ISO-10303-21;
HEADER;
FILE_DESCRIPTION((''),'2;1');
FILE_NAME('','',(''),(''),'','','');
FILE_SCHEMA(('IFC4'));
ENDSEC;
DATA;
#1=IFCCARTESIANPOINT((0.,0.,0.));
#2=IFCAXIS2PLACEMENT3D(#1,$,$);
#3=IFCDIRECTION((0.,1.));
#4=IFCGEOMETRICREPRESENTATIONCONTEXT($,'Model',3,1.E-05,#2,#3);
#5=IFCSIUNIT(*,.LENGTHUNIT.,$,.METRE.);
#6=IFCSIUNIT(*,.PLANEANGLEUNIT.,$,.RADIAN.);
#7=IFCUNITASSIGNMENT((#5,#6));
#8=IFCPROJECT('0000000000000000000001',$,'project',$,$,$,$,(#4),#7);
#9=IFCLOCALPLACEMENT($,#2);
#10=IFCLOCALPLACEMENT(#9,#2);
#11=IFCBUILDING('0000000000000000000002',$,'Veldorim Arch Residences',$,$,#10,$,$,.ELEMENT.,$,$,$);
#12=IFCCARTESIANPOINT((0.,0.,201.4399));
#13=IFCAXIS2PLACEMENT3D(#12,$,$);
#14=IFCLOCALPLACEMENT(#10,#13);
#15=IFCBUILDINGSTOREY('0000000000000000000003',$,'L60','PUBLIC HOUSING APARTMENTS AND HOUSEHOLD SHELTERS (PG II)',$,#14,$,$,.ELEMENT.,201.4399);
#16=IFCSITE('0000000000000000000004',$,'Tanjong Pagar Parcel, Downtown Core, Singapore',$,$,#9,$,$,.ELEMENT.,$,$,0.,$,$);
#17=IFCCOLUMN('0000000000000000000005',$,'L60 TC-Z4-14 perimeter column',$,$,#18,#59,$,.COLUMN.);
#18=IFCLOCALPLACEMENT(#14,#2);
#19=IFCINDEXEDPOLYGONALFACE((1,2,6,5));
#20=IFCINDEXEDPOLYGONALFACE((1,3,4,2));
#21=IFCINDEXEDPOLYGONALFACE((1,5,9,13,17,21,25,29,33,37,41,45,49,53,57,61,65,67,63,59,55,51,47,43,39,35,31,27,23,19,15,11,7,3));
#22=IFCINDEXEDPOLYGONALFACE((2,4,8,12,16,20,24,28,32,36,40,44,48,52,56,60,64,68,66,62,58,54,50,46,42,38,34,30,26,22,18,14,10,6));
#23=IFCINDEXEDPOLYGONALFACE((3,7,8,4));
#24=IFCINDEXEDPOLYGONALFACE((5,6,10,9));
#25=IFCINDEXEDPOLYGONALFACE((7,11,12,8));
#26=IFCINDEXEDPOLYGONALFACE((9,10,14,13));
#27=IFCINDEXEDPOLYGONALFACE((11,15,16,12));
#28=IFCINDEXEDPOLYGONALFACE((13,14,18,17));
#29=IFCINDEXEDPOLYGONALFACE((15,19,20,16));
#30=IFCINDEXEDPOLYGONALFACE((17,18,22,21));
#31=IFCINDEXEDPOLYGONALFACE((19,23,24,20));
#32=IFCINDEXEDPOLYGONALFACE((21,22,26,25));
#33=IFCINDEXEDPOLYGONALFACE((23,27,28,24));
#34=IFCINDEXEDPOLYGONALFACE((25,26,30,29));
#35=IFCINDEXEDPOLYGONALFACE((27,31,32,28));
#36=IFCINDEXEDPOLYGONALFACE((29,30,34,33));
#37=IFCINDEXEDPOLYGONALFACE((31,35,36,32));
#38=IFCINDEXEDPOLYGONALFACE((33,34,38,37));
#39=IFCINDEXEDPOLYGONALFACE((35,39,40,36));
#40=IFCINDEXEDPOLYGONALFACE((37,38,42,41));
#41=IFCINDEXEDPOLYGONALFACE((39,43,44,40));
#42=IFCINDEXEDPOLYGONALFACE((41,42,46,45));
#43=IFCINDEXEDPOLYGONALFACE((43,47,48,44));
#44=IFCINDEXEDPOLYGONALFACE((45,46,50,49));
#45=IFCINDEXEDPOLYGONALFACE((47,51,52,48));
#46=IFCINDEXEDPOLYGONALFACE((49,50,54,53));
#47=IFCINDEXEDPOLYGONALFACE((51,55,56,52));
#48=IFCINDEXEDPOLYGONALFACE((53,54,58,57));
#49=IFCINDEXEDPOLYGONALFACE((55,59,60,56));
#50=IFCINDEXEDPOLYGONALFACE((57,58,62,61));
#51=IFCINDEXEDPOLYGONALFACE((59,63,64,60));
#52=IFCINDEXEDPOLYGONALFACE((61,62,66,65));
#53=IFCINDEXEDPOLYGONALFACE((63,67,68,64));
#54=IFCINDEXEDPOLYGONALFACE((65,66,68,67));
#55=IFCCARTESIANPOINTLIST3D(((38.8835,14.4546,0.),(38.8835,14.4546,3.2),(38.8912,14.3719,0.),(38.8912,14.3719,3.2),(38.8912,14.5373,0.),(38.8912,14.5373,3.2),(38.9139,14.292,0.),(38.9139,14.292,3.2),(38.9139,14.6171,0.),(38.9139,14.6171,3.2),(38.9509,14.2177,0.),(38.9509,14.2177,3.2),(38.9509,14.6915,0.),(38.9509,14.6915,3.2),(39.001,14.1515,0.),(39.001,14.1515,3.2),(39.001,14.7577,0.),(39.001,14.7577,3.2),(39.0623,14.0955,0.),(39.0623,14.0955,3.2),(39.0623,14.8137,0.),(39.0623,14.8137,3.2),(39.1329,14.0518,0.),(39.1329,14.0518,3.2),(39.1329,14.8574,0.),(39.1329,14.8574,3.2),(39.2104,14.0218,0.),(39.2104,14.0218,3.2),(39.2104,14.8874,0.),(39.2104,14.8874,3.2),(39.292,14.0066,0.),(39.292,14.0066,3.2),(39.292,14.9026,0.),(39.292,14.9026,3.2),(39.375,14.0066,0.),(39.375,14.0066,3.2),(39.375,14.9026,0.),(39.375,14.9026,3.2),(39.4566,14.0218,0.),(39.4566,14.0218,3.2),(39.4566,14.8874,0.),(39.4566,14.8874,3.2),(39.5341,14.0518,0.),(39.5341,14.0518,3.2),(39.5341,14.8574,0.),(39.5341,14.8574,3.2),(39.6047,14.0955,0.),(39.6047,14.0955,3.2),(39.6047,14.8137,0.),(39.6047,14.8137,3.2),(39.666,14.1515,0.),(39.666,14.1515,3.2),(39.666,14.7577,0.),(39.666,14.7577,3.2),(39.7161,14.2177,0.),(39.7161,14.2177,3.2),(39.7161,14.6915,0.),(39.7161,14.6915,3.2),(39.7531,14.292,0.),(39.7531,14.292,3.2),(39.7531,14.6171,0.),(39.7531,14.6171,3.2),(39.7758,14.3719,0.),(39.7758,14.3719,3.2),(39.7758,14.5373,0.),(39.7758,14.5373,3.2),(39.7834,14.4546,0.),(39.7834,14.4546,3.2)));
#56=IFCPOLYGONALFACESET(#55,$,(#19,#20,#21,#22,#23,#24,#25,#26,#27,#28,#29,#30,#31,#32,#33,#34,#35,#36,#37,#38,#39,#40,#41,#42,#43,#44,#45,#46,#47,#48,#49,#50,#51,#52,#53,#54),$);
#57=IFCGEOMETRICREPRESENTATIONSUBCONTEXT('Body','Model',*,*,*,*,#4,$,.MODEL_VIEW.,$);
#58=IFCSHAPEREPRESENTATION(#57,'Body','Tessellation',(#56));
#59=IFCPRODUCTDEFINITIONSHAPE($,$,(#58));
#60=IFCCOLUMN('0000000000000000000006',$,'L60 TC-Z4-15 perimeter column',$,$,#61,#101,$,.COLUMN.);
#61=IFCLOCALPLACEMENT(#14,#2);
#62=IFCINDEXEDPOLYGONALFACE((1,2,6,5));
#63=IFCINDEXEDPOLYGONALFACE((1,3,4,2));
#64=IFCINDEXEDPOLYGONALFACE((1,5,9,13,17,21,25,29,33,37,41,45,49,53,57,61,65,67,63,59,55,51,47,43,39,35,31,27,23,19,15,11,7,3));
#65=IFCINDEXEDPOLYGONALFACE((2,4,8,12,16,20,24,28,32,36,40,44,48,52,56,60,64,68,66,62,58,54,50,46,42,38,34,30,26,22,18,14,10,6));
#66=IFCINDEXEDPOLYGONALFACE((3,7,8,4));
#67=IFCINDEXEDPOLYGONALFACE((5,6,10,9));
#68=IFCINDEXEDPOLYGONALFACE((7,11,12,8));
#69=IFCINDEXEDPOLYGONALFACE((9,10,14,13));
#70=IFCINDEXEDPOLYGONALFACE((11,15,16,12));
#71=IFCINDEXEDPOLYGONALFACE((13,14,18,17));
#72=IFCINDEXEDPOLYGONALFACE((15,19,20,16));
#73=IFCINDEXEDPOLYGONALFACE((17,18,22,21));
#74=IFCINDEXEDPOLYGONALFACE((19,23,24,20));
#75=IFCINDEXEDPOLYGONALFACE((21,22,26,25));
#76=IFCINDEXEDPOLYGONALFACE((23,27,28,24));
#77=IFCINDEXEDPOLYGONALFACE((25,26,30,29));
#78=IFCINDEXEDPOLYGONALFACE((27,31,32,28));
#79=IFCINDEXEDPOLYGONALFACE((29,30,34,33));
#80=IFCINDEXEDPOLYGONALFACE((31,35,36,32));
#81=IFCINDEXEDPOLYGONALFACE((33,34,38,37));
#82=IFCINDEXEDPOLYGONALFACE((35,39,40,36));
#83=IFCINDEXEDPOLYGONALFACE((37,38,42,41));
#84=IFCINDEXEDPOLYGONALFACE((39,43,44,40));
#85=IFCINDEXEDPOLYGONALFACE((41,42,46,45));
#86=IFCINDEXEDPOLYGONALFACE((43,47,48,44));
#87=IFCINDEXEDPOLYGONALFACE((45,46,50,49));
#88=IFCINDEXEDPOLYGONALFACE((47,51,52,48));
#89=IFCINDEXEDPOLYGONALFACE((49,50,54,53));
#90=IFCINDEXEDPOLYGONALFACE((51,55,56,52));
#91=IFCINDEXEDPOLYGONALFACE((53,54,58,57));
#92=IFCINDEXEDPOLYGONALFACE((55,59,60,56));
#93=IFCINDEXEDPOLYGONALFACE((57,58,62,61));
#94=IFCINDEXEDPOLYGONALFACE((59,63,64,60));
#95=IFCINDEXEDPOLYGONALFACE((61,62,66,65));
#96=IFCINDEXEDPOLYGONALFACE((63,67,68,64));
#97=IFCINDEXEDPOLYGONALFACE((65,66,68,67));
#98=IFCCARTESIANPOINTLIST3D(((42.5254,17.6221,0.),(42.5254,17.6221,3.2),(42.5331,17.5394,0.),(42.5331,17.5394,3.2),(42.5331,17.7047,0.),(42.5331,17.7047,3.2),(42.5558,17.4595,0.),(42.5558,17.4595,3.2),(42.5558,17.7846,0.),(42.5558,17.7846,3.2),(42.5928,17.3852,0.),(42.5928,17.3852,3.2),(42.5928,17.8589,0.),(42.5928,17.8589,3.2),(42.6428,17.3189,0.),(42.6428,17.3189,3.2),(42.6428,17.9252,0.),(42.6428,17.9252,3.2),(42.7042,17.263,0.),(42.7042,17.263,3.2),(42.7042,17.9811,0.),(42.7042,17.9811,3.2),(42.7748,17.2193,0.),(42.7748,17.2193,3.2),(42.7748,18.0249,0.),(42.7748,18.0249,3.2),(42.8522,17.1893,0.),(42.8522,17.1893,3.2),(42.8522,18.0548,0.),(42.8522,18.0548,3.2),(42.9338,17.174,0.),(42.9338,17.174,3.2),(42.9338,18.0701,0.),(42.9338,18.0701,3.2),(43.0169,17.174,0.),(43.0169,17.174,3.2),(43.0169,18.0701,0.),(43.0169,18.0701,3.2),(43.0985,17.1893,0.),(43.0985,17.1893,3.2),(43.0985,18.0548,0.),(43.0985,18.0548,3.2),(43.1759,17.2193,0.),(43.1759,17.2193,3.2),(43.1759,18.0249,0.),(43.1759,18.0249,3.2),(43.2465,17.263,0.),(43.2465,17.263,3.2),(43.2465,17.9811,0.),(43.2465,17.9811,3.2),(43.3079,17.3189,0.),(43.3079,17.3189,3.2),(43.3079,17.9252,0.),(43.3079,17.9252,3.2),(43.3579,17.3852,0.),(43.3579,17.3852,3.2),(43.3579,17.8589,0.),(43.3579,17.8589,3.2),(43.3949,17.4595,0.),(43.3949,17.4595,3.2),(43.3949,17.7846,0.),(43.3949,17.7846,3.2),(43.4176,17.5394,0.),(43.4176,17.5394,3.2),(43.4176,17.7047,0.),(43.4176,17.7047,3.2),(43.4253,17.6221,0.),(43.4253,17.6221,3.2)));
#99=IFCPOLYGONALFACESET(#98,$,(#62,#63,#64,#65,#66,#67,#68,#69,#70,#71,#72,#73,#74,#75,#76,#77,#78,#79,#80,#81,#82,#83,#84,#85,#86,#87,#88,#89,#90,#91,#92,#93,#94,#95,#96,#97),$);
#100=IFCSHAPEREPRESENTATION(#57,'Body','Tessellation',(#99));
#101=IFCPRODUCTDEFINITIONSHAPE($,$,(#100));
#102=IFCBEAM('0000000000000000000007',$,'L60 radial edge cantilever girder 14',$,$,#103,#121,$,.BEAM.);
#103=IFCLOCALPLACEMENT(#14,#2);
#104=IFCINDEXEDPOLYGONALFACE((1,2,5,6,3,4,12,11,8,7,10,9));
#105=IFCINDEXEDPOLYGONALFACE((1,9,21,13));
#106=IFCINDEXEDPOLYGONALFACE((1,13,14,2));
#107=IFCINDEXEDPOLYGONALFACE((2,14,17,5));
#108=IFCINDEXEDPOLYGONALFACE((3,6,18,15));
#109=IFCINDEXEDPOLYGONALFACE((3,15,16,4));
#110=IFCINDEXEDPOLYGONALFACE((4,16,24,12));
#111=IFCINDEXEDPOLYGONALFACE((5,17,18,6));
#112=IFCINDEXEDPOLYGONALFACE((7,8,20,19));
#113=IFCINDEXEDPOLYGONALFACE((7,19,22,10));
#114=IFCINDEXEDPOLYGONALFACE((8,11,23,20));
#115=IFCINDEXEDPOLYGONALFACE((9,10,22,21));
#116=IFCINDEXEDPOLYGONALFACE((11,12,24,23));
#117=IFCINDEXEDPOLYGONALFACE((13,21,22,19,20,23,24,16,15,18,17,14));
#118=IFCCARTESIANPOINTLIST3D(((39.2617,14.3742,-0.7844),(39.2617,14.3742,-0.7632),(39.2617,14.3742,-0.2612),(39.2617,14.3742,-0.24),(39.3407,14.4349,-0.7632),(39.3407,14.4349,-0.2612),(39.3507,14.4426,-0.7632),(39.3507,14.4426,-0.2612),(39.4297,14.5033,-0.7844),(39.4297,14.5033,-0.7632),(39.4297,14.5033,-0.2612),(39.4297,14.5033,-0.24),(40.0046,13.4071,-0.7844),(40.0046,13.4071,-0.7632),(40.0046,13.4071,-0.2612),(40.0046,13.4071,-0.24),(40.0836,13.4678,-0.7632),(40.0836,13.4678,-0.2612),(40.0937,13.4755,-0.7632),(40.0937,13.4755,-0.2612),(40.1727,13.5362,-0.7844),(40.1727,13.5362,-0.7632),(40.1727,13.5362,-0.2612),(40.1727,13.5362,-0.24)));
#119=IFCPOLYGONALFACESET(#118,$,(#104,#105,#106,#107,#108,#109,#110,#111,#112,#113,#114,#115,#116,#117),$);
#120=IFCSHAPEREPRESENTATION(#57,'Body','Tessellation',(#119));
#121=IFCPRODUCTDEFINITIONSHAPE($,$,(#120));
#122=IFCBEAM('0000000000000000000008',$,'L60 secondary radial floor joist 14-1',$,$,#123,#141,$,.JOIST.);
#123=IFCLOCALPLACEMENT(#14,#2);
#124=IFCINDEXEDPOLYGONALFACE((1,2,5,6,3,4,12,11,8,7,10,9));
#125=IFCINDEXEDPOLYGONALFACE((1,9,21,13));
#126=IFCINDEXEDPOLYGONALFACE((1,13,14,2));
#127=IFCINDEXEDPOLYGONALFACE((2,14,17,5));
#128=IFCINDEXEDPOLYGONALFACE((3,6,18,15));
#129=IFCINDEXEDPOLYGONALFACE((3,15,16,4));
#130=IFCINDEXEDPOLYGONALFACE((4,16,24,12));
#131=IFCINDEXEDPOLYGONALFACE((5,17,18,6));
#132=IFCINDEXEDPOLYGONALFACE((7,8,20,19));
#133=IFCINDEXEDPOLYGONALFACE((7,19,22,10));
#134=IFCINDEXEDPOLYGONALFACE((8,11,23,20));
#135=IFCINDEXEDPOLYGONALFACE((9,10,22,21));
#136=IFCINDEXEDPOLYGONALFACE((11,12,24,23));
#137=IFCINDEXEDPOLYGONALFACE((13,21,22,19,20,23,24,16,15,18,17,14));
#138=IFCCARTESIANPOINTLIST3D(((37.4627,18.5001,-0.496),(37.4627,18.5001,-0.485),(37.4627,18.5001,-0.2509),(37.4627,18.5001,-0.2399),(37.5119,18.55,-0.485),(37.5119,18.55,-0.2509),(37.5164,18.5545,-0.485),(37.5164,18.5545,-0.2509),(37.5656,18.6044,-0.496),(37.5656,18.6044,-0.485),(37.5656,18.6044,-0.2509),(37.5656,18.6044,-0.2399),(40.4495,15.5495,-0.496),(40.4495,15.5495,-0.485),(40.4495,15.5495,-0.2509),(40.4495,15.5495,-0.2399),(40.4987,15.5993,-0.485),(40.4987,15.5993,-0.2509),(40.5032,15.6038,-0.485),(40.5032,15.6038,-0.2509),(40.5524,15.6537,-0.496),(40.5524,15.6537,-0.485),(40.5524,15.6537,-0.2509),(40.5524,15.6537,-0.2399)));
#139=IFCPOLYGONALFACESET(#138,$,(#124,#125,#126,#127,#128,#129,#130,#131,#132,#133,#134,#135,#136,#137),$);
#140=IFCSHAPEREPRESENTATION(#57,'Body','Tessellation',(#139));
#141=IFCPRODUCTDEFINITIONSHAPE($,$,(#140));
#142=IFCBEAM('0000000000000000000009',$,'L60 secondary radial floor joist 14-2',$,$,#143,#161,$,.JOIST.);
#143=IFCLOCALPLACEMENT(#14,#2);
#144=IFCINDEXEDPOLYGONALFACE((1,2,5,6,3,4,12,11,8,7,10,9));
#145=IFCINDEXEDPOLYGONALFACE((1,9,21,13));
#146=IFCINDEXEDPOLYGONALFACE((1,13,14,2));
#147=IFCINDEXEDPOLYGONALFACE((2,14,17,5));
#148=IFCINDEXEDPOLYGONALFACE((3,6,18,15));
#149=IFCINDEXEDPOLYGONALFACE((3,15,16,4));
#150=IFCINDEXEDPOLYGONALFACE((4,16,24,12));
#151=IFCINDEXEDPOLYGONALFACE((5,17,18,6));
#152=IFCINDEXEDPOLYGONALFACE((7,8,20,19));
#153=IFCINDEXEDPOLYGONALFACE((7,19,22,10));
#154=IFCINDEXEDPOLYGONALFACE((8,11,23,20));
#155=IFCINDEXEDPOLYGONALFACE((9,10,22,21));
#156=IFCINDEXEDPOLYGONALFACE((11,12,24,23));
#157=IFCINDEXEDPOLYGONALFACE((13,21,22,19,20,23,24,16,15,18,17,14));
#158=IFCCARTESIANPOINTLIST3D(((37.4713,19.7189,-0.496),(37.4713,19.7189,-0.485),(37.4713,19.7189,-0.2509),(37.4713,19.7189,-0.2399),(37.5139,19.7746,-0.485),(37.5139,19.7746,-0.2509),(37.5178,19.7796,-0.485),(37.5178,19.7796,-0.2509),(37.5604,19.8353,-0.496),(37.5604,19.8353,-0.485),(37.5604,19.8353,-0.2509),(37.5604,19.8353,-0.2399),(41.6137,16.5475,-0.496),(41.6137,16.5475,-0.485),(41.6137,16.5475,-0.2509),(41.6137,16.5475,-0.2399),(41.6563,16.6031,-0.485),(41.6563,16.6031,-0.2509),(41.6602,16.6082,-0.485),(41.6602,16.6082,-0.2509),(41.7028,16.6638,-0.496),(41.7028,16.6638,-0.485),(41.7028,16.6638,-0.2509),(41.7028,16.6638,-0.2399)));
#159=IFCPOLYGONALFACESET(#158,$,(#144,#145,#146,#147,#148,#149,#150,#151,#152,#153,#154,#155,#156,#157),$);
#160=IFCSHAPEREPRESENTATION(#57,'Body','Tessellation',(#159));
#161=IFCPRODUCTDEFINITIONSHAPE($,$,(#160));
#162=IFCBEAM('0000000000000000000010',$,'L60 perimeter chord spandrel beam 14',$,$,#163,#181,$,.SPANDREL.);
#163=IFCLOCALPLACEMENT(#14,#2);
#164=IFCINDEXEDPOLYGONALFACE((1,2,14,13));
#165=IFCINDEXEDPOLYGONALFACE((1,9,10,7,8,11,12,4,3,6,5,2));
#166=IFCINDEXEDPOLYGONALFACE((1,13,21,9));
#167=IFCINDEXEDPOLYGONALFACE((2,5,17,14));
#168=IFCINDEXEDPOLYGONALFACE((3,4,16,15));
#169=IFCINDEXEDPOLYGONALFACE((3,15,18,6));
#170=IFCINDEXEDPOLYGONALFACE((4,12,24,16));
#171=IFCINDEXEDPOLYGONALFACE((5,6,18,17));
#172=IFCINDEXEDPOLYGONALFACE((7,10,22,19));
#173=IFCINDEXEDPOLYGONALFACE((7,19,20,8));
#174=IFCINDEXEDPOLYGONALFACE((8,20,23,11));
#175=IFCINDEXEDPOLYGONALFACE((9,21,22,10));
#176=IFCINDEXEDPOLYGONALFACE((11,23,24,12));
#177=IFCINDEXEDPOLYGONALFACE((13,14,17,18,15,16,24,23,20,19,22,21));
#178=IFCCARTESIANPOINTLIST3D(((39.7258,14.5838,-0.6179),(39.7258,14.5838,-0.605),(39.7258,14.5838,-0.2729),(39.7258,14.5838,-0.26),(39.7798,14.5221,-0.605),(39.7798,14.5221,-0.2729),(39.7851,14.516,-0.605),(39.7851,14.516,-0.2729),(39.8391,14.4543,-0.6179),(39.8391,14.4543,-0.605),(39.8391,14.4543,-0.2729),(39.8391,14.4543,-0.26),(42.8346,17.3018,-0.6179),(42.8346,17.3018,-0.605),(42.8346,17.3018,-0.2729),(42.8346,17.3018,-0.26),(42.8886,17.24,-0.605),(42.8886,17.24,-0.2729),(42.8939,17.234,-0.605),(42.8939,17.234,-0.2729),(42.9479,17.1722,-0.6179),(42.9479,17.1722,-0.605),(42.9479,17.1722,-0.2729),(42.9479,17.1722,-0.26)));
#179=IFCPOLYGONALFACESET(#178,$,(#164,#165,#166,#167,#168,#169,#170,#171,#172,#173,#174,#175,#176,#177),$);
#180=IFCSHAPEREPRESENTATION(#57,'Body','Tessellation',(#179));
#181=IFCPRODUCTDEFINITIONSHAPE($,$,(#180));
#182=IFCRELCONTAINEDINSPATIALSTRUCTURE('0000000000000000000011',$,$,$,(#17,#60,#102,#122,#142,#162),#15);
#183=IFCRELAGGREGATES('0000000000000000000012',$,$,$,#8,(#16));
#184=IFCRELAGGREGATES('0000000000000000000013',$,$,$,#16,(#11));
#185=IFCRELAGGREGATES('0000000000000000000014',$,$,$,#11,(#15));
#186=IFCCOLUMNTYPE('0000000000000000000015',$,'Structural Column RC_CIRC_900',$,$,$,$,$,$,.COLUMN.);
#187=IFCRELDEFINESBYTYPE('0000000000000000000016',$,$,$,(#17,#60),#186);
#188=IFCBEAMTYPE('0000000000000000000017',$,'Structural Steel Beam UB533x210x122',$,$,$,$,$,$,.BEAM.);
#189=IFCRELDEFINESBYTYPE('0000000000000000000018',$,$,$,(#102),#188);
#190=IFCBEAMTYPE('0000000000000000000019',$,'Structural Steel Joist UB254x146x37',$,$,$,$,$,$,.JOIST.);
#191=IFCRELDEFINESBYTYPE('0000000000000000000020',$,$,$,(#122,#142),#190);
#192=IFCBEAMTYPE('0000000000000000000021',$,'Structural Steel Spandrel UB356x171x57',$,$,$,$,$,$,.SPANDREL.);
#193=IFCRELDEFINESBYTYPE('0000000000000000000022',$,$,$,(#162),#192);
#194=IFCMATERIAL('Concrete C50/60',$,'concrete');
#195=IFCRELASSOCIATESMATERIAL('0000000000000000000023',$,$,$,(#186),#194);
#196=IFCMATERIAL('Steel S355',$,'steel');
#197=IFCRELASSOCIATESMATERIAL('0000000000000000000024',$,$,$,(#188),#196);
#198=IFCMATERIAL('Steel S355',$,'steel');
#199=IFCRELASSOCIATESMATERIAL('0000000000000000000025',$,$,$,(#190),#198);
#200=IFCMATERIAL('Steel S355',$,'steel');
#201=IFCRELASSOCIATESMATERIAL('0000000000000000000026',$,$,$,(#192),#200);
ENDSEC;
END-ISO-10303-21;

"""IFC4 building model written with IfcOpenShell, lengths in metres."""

from ifc_helpers import new_model, si_unit, direction, frame, origin, origin_2d, place, context, subcontext, project, spatial, circle, i_section, extrude, material, material_profile, profile_set, type_object, element, save


model = new_model("IFC4")

# Units and contexts
model_context = context("Model", 3, precision=1e-05, world=origin(), true_north=direction((0.0, 1.0)))
body_context = subcontext(model_context, "Body", "Model", "MODEL_VIEW")
ifc_project = project(units=[si_unit("LENGTHUNIT", "METRE"), si_unit("PLANEANGLEUNIT", "RADIAN")], contexts=[model_context])

# Site, building, storey
site_placement = place(None, origin())
site = spatial("IfcSite", under=ifc_project, at=site_placement, Name="Tanjong Pagar Parcel, Downtown Core, Singapore", CompositionType="ELEMENT", RefElevation=0.0)
building_placement = place(site_placement, origin())
building = spatial("IfcBuilding", under=site, at=building_placement, Name="Veldorim Arch Residences", CompositionType="ELEMENT")
storey_placement = place(building_placement, frame((0.0, 0.0, 201.4399)))
storey = spatial("IfcBuildingStorey", under=building, at=storey_placement, Name="L60", Description="PUBLIC HOUSING APARTMENTS AND HOUSEHOLD SHELTERS (PG II)", CompositionType="ELEMENT", Elevation=201.4399)

# Columns
ifc_material_1 = material(Name="Concrete C50/60", Category="concrete")
ifc_material_profile_1 = material_profile(ifc_material_1, circle(Radius=0.45, at=origin_2d()), Name="RC_CIRC_900")
ifc_profile_set_1 = profile_set([ifc_material_profile_1], Name="Concrete C50/60")
column_type = type_object("IfcColumnType", Name="Structural Column RC_CIRC_900", PredefinedType="COLUMN", material=ifc_profile_set_1)
for number, where, z_axis, x_axis, name in (
    (1, (39.3335, 14.4546, 0.0), (0.0, 0.0, 1.0), (1.0, 0.0, 0.0), "L60 TC-Z4-14 perimeter column"),
    (2, (42.9753, 17.6221, 0.0), (0.0, 0.0, 1.0), (1.0, 0.0, 0.0), "L60 TC-Z4-15 perimeter column"),
):
    element("IfcColumn", number, at=place(storey_placement, frame(where, z_axis=z_axis, x_axis=x_axis)), inside=storey, type_object=column_type, Name=name, PredefinedType="COLUMN", context=body_context, shape_type="SweptSolid", body=[
        extrude(circle(Radius=0.45, at=origin_2d()), origin(), (0.0, 0.0, 1.0), 3.2),
    ])

# Beams
ifc_material_2 = material(Name="Steel S355", Category="steel")
ifc_material_profile_2 = material_profile(ifc_material_2, i_section(OverallWidth=0.2119, OverallDepth=0.5444, WebThickness=0.0127, FlangeThickness=0.0212, at=origin_2d()), Name="UB533x210x122")
ifc_profile_set_2 = profile_set([ifc_material_profile_2], Name="Steel S355")
beam_type_1 = type_object("IfcBeamType", Name="Structural Steel Beam UB533x210x122", PredefinedType="BEAM", material=ifc_profile_set_2)
beam_1_placement = place(storey_placement, frame((39.3457, 14.4387, -0.5122), z_axis=(0.609217, -0.793003, 0.0), x_axis=(0.793003, 0.609217, 0.0)))
element("IfcBeam", 3, at=beam_1_placement, inside=storey, type_object=beam_type_1, Name="L60 radial edge cantilever girder 14", PredefinedType="BEAM", context=body_context, shape_type="SweptSolid", body=[
    extrude(i_section(OverallWidth=0.2119, OverallDepth=0.5444, WebThickness=0.0127, FlangeThickness=0.0212, at=origin_2d()), origin(), (0.0, 0.0, 1.0), 1.2195),
])
ifc_material_3 = material(Name="Steel S355", Category="steel")
ifc_material_profile_3 = material_profile(ifc_material_3, i_section(OverallWidth=0.1465, OverallDepth=0.2561, WebThickness=0.0063, FlangeThickness=0.011, at=origin_2d()), Name="UB254x146x37")
ifc_profile_set_3 = profile_set([ifc_material_profile_3], Name="Steel S355")
beam_type_2 = type_object("IfcBeamType", Name="Structural Steel Joist UB254x146x37", PredefinedType="JOIST", material=ifc_profile_set_3)
beam_2_placement = place(storey_placement, frame((37.5142, 18.5522, -0.3679), z_axis=(0.711397, -0.702791, 0.0), x_axis=(0.702791, 0.711397, 0.0)))
element("IfcBeam", 4, at=beam_2_placement, inside=storey, type_object=beam_type_2, Name="L60 secondary radial floor joist 14-1", PredefinedType="JOIST", context=body_context, shape_type="SweptSolid", body=[
    extrude(i_section(OverallWidth=0.1465, OverallDepth=0.2561, WebThickness=0.0063, FlangeThickness=0.011, at=origin_2d()), origin(), (0.0, 0.0, 1.0), 4.1985),
])
beam_3_placement = place(storey_placement, frame((37.5159, 19.7771, -0.3679), z_axis=(0.794014, -0.6079, 0.0), x_axis=(0.6079, 0.794014, 0.0)))
element("IfcBeam", 5, at=beam_3_placement, inside=storey, type_object=beam_type_2, Name="L60 secondary radial floor joist 14-2", PredefinedType="JOIST", context=body_context, shape_type="SweptSolid", body=[
    extrude(i_section(OverallWidth=0.1465, OverallDepth=0.2561, WebThickness=0.0063, FlangeThickness=0.011, at=origin_2d()), origin(), (0.0, 0.0, 1.0), 5.217),
])
ifc_material_4 = material(Name="Steel S355", Category="steel")
ifc_material_profile_4 = material_profile(ifc_material_4, i_section(OverallWidth=0.1721, OverallDepth=0.3579, WebThickness=0.0081, FlangeThickness=0.0129, at=origin_2d()), Name="UB356x171x57")
ifc_profile_set_4 = profile_set([ifc_material_profile_4], Name="Steel S355")
beam_type_3 = type_object("IfcBeamType", Name="Structural Steel Spandrel UB356x171x57", PredefinedType="SPANDREL", material=ifc_profile_set_4)
beam_4_placement = place(storey_placement, frame((39.7825, 14.519, -0.439), z_axis=(0.752848, 0.658195, 0.0), x_axis=(-0.658195, 0.752848, 0.0)))
element("IfcBeam", 6, at=beam_4_placement, inside=storey, type_object=beam_type_3, Name="L60 perimeter chord spandrel beam 14", PredefinedType="SPANDREL", context=body_context, shape_type="SweptSolid", body=[
    extrude(i_section(OverallWidth=0.1721, OverallDepth=0.3579, WebThickness=0.0081, FlangeThickness=0.0129, at=origin_2d()), origin(), (0.0, 0.0, 1.0), 4.1294),
])

save(model, "model.ifc")
